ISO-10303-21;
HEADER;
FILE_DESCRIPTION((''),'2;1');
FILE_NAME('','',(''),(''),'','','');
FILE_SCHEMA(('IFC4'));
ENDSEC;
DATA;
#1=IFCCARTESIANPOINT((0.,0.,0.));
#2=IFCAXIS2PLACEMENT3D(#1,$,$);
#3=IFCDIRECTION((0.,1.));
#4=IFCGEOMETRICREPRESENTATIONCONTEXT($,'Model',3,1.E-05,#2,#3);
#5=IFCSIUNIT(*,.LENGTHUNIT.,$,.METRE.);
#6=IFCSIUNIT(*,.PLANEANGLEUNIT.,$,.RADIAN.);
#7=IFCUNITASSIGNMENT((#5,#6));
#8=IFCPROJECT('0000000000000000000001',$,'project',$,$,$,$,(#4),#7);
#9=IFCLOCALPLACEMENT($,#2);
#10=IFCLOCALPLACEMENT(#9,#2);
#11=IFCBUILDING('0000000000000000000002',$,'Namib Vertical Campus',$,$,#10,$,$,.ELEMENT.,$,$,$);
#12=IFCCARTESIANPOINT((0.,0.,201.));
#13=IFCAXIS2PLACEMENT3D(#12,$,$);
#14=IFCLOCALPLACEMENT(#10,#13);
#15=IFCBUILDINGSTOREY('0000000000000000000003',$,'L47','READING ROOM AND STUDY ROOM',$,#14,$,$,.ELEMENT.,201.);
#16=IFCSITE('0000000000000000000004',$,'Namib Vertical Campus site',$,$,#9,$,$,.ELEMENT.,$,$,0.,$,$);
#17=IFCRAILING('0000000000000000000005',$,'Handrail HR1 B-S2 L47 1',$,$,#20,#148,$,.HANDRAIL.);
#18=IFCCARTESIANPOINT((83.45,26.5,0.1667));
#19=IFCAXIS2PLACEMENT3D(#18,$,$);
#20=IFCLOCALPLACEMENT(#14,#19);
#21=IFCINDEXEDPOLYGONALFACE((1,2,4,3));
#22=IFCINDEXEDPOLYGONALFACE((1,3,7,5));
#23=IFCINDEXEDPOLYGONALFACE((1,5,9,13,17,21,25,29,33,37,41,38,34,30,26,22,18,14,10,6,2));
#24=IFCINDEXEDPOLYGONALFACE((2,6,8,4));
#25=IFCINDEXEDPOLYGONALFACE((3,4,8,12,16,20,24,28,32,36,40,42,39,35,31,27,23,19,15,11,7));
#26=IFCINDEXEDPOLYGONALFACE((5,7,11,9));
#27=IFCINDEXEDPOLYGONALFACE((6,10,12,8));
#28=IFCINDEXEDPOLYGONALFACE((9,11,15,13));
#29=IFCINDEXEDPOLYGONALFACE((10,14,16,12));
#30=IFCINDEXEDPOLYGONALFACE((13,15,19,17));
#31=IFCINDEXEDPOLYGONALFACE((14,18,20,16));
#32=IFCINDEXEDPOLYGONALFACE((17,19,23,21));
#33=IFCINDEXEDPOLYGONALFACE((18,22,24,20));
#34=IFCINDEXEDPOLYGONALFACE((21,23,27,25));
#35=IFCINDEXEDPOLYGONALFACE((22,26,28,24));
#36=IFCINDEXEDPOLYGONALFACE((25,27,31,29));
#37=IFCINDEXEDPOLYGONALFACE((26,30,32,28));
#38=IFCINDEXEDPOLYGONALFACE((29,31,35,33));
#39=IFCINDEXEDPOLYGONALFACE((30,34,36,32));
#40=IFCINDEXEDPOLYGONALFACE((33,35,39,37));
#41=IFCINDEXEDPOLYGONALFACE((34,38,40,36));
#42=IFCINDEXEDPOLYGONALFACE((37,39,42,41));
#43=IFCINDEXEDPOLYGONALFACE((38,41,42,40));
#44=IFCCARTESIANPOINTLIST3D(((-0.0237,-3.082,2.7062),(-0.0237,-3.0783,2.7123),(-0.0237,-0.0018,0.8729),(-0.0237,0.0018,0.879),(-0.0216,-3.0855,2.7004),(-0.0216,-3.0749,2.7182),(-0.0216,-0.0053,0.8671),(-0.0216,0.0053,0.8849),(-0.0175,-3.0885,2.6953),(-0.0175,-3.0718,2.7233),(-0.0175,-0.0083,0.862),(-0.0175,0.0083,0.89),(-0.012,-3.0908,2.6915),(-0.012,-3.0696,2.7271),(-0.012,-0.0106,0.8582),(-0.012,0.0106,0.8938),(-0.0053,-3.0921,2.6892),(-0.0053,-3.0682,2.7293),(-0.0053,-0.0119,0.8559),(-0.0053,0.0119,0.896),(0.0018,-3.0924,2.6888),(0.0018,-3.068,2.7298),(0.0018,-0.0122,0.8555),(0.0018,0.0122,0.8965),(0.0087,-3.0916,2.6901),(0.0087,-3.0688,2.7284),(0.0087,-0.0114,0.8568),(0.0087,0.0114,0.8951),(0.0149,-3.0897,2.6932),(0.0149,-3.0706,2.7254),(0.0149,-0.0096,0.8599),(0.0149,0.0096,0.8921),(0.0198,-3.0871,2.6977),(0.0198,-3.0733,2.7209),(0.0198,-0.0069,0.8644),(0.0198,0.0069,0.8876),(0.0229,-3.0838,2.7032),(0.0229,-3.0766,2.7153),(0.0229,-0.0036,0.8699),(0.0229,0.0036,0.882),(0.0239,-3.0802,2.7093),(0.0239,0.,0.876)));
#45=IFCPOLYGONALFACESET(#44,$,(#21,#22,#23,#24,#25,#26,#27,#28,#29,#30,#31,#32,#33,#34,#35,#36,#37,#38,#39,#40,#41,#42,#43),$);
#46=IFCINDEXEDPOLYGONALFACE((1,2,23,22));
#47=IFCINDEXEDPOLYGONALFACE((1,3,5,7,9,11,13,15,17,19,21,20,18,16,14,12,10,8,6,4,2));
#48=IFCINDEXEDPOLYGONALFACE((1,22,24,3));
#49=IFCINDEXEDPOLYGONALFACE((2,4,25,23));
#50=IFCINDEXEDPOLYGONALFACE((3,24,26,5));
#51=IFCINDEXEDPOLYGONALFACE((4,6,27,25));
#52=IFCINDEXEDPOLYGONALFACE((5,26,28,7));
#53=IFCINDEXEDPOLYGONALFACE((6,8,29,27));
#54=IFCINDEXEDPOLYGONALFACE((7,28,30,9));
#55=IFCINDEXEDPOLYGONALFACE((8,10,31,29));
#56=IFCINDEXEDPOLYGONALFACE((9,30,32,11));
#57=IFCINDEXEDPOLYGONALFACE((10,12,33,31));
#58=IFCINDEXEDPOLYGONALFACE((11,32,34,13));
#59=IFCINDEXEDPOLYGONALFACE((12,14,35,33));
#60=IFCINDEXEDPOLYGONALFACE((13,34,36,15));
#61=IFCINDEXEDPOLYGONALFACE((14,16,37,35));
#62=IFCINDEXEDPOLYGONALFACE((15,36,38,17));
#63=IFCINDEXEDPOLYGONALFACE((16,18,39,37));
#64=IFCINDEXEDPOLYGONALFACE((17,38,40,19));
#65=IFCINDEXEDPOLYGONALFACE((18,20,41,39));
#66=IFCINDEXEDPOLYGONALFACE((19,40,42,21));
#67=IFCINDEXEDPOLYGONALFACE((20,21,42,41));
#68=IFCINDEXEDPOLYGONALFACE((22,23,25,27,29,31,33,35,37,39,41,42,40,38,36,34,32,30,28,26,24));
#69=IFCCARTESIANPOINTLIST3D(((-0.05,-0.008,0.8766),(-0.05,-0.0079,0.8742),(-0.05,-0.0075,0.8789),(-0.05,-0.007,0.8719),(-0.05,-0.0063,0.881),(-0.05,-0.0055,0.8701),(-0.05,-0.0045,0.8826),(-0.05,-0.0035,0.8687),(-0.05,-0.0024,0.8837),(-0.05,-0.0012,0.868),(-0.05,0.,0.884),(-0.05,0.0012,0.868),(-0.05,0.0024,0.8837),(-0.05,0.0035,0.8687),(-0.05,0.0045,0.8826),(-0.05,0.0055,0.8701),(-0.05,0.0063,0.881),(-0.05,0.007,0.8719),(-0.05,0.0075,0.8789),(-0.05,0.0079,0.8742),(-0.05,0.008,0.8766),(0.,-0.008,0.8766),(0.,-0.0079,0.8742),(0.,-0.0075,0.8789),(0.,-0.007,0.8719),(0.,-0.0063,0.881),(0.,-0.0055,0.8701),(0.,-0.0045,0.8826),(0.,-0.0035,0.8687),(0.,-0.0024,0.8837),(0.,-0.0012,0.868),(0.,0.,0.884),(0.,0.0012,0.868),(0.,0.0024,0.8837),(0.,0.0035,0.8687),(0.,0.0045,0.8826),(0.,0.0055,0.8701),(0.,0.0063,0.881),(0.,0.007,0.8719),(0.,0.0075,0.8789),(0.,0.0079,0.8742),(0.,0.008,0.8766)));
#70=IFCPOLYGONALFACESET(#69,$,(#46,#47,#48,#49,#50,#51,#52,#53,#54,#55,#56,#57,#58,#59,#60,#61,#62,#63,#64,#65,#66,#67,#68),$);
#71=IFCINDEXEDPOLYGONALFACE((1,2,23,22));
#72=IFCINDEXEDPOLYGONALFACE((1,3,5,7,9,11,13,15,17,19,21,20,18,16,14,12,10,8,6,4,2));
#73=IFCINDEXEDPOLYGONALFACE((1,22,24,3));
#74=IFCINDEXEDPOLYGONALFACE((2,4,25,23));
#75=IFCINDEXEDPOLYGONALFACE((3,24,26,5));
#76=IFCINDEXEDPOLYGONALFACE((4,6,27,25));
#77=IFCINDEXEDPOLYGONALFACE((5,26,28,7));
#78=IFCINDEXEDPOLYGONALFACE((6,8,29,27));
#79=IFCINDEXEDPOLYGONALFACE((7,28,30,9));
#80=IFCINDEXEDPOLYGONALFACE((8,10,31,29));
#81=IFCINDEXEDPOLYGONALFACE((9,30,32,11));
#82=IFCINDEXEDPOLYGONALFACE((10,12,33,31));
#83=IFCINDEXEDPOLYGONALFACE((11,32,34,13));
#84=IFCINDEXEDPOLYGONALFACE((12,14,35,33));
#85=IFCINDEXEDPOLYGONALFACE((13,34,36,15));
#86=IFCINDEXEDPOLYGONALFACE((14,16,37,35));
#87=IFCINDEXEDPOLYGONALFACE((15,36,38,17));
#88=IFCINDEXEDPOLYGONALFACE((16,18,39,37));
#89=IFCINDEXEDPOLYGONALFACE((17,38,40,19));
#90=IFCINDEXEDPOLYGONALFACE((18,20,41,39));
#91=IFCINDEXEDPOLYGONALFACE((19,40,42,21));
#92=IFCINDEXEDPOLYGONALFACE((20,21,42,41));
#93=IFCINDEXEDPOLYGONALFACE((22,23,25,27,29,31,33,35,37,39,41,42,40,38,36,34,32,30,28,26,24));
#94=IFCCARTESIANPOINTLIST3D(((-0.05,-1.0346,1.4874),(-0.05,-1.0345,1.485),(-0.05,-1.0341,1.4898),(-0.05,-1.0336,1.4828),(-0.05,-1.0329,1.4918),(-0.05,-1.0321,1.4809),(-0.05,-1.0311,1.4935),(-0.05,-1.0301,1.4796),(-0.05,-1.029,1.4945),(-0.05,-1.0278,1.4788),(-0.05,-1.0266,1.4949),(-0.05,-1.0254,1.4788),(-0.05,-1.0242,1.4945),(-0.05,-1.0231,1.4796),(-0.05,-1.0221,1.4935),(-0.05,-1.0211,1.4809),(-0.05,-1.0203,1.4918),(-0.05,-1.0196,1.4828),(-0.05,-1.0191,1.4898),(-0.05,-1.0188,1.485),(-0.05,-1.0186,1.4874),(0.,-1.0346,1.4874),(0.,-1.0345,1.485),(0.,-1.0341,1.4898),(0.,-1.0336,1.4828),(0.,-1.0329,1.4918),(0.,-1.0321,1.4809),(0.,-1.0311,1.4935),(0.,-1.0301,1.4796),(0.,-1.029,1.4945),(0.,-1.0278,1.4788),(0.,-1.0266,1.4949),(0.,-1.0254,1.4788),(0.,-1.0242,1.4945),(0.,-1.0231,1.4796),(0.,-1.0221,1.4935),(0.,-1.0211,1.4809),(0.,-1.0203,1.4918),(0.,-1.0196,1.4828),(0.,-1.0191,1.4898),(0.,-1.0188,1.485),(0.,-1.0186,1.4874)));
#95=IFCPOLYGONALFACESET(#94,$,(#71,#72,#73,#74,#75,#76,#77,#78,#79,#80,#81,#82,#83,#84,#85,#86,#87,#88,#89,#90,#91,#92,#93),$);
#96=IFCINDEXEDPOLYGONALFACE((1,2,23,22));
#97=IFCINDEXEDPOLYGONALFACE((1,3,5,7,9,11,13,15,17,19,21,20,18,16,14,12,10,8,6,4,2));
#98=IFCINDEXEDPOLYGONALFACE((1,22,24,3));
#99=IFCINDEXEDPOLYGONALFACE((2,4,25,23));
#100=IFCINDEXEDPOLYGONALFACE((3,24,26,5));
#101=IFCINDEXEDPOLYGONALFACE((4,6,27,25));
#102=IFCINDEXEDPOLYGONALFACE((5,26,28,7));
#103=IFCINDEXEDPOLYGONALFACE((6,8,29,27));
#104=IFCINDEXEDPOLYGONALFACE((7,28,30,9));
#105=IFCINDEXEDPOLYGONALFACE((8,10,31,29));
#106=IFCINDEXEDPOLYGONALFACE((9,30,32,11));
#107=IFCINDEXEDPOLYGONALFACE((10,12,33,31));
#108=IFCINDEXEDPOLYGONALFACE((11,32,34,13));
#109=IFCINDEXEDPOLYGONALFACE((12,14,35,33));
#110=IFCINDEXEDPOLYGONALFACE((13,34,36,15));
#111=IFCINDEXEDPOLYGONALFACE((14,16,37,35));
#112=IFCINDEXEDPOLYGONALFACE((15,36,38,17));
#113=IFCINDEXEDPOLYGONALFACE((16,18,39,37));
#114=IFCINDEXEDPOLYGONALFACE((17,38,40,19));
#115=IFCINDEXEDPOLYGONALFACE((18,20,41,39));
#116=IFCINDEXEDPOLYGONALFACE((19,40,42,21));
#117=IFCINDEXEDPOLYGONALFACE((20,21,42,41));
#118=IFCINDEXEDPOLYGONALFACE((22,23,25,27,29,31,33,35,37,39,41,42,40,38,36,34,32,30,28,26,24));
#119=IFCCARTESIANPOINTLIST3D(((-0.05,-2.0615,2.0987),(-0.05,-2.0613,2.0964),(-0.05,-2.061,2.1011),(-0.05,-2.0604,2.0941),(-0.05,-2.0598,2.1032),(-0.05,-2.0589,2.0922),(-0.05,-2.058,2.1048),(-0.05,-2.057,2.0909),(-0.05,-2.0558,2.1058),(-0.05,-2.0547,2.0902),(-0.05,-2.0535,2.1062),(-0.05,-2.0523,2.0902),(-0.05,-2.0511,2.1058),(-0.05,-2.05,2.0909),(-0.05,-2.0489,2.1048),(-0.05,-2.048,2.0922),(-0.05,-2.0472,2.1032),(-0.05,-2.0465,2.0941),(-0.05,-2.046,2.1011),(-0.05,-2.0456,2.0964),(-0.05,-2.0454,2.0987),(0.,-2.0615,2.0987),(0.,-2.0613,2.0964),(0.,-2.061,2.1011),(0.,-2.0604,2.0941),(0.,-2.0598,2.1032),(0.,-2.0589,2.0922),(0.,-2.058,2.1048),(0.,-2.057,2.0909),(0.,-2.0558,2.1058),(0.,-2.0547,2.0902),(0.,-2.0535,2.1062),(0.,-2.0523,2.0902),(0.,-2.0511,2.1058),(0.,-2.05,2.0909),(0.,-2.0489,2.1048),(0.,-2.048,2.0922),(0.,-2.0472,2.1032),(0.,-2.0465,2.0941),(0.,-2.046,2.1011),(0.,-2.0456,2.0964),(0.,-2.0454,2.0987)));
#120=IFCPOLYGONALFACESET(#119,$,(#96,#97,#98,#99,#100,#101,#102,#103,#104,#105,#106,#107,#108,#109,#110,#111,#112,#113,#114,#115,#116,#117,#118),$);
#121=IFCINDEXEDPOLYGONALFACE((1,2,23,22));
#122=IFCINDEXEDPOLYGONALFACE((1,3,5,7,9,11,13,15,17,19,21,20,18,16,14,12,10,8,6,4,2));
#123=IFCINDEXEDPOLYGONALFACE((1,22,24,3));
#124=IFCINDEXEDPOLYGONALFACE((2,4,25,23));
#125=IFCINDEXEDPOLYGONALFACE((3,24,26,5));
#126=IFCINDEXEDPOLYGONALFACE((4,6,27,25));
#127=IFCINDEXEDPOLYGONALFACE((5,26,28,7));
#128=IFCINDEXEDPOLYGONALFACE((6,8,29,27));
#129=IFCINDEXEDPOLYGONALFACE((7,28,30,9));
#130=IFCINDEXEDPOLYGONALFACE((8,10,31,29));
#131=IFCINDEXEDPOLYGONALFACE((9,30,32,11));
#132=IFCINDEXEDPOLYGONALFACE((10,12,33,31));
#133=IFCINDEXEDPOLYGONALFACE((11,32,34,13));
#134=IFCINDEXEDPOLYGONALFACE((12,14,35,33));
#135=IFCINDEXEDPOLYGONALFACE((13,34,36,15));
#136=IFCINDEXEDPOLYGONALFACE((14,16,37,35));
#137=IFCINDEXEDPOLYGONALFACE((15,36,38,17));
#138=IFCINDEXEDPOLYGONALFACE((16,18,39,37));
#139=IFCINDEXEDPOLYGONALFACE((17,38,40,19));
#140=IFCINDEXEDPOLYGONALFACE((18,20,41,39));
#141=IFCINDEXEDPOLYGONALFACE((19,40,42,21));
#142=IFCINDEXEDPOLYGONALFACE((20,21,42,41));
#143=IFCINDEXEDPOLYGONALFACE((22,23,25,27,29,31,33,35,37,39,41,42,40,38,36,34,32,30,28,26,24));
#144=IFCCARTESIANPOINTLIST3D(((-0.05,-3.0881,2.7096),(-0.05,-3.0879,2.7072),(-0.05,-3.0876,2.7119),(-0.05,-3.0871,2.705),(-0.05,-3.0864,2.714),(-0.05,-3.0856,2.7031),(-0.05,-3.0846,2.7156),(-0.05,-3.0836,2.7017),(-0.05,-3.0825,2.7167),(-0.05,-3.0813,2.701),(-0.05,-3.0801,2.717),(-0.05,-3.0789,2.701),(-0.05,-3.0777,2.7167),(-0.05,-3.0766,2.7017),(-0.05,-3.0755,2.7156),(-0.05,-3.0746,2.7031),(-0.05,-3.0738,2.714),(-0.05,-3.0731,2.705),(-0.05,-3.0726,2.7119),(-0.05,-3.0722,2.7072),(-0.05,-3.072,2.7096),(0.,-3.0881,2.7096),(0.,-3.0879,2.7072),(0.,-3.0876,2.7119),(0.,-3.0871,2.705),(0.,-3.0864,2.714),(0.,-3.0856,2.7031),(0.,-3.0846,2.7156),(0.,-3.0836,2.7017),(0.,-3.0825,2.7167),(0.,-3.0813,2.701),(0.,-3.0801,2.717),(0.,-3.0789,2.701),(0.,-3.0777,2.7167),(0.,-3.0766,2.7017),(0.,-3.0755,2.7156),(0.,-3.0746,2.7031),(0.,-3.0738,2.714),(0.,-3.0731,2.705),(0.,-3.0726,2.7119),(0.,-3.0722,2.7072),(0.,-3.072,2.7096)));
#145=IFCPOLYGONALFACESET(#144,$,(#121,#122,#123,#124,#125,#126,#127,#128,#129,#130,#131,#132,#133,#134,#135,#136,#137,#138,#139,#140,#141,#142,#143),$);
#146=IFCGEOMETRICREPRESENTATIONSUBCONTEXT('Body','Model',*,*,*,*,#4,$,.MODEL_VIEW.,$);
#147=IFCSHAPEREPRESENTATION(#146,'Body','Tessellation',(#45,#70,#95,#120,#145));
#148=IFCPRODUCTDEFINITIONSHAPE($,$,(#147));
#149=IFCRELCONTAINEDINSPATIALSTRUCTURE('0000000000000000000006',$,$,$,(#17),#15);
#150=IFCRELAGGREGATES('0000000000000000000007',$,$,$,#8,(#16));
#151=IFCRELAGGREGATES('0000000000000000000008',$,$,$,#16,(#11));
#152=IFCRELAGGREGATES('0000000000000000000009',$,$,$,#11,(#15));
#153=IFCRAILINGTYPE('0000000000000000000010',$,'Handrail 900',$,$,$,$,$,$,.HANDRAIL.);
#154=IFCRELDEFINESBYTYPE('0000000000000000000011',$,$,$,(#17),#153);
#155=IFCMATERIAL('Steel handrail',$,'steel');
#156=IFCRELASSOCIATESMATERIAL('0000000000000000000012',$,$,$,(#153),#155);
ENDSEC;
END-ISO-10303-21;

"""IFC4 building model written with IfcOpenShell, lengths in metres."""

from ifc_helpers import new_model, si_unit, direction, frame, origin, origin_2d, place, context, subcontext, project, spatial, circle, extrude, material, type_object, element, save


model = new_model("IFC4")

# Units and contexts
model_context = context("Model", 3, precision=1e-05, world=origin(), true_north=direction((0.0, 1.0)))
body_context = subcontext(model_context, "Body", "Model", "MODEL_VIEW")
ifc_project = project(units=[si_unit("LENGTHUNIT", "METRE"), si_unit("PLANEANGLEUNIT", "RADIAN")], contexts=[model_context])

# Site, building, storey
site_placement = place(None, origin())
site = spatial("IfcSite", under=ifc_project, at=site_placement, Name="Namib Vertical Campus site", CompositionType="ELEMENT", RefElevation=0.0)
building_placement = place(site_placement, origin())
building = spatial("IfcBuilding", under=site, at=building_placement, Name="Namib Vertical Campus", CompositionType="ELEMENT")
storey_placement = place(building_placement, frame((0.0, 0.0, 201.0)))
storey = spatial("IfcBuildingStorey", under=building, at=storey_placement, Name="L47", Description="READING ROOM AND STUDY ROOM", CompositionType="ELEMENT", Elevation=201.0)

# Railing
ifc_material_1 = material(Name="Steel handrail", Category="steel")
railing_type_1 = type_object("IfcRailingType", Name="Handrail 900", PredefinedType="HANDRAIL", material=ifc_material_1)
railing_1_placement = place(storey_placement, frame((83.45, 26.5, 0.1667)))
element("IfcRailing", 1, at=railing_1_placement, inside=storey, type_object=railing_type_1, Name="Handrail HR1 B-S2 L47 1", PredefinedType="HANDRAIL", context=body_context, shape_type="SweptSolid", body=[
    extrude(circle(Radius=0.0239, at=origin_2d()), frame((0.0, 0.0, 0.876), z_axis=(0.0, -0.859309, 0.511458), x_axis=(1.0, 0.0, 0.0)), (0.0, 0.0, 1.0), 3.5845),
    extrude(circle(Radius=0.0081, at=origin_2d()), frame((0.0, 0.0, 0.876), z_axis=(-1.0, 0.0, 0.0), x_axis=(0.0, 0.0, 1.0)), (0.0, 0.0, 1.0), 0.05),
    extrude(circle(Radius=0.0081, at=origin_2d()), frame((0.0, -1.0266, 1.4868), z_axis=(-1.0, 0.0, 0.0), x_axis=(0.0, 0.0, 1.0)), (0.0, 0.0, 1.0), 0.05),
    extrude(circle(Radius=0.0081, at=origin_2d()), frame((0.0, -2.0535, 2.0981), z_axis=(-1.0, 0.0, 0.0), x_axis=(0.0, 0.0, 1.0)), (0.0, 0.0, 1.0), 0.05),
    extrude(circle(Radius=0.0081, at=origin_2d()), frame((0.0, -3.0801, 2.709), z_axis=(-1.0, 0.0, 0.0), x_axis=(0.0, 0.0, 1.0)), (0.0, 0.0, 1.0), 0.05),
])

save(model, "model.ifc")
